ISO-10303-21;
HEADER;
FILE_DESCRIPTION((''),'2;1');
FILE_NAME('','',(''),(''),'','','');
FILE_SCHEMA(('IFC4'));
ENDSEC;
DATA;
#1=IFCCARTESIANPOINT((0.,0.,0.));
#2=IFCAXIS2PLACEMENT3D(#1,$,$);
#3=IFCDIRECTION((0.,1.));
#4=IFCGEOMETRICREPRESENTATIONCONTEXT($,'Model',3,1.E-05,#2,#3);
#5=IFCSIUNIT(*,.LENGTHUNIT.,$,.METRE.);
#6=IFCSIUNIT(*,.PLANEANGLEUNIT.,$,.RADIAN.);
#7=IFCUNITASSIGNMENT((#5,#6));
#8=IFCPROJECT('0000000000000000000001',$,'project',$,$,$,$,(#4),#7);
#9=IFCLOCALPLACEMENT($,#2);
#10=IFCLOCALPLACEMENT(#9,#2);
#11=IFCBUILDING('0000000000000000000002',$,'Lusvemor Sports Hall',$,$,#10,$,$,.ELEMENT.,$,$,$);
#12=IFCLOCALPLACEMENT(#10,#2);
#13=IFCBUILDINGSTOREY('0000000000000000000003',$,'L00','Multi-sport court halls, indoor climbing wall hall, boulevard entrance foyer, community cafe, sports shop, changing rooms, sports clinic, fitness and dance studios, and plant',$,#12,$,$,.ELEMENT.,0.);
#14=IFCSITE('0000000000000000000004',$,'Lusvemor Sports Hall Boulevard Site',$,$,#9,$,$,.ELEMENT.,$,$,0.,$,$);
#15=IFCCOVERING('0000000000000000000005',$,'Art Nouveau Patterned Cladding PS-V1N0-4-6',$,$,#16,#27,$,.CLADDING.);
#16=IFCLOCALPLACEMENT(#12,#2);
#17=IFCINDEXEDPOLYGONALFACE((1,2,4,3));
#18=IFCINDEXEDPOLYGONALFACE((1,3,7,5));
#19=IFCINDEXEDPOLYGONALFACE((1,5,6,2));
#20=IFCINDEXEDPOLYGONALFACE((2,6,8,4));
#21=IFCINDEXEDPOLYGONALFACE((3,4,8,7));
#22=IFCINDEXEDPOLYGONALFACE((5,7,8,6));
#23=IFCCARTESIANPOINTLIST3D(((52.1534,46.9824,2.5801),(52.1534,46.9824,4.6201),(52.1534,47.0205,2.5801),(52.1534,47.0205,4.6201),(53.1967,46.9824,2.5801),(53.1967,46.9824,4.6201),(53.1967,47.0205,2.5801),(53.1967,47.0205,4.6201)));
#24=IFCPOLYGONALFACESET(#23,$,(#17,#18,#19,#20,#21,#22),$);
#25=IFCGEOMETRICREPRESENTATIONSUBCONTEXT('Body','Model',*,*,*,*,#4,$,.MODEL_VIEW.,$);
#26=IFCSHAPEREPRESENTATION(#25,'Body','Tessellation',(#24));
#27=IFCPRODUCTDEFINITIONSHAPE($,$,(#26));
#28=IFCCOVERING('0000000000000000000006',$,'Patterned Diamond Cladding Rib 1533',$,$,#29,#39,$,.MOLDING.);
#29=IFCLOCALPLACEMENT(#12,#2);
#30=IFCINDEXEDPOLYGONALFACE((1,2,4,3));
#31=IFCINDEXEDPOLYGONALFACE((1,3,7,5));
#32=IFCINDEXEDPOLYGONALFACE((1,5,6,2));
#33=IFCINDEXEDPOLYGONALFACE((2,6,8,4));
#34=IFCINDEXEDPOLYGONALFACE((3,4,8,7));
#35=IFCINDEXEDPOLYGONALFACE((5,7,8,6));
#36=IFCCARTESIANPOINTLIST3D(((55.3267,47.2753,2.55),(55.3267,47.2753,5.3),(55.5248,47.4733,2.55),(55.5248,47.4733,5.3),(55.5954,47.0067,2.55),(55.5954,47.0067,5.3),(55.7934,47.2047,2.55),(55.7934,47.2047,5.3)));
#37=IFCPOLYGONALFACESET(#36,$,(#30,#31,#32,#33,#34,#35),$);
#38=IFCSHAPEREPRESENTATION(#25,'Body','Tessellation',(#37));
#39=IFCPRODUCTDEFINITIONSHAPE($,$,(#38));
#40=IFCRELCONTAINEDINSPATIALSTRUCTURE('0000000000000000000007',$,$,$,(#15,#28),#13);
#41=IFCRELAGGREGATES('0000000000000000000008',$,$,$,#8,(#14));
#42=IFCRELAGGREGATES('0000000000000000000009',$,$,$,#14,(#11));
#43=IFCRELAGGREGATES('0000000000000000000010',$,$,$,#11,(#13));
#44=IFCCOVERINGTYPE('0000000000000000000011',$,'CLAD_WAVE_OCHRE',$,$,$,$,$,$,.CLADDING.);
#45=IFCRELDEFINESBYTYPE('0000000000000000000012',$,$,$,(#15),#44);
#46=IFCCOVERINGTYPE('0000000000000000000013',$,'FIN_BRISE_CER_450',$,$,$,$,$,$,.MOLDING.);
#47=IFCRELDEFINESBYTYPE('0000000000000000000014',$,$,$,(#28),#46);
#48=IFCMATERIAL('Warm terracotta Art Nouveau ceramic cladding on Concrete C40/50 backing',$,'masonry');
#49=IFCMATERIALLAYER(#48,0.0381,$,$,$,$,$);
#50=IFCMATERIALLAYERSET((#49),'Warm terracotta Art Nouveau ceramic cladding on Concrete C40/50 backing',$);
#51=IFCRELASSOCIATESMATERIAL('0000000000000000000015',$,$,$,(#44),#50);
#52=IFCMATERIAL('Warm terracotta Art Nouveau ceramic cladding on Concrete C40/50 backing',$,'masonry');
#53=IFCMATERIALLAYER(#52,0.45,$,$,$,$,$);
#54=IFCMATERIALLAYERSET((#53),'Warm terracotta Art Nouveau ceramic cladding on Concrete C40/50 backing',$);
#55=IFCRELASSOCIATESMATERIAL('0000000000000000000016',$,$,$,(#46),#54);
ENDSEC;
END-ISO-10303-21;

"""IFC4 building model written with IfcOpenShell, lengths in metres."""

from ifc_helpers import new_model, si_unit, direction, frame, origin, origin_2d, place, context, subcontext, project, spatial, rectangle, extrude, material, layer, layer_set, type_object, element, save


model = new_model("IFC4")

# Units and contexts
model_context = context("Model", 3, precision=1e-05, world=origin(), true_north=direction((0.0, 1.0)))
body_context = subcontext(model_context, "Body", "Model", "MODEL_VIEW")
ifc_project = project(units=[si_unit("LENGTHUNIT", "METRE"), si_unit("PLANEANGLEUNIT", "RADIAN")], contexts=[model_context])

# Site, building, storey
site_placement = place(None, origin())
site = spatial("IfcSite", under=ifc_project, at=site_placement, Name="Lusvemor Sports Hall Boulevard Site", CompositionType="ELEMENT", RefElevation=0.0)
building_placement = place(site_placement, origin())
building = spatial("IfcBuilding", under=site, at=building_placement, Name="Lusvemor Sports Hall", CompositionType="ELEMENT")
storey_placement = place(building_placement, origin())
storey = spatial("IfcBuildingStorey", under=building, at=storey_placement, Name="L00", Description="Multi-sport court halls, indoor climbing wall hall, boulevard entrance foyer, community cafe, sports shop, changing rooms, sports clinic, fitness and dance studios, and plant", CompositionType="ELEMENT", Elevation=0.0)

# Coverings
ifc_material_1 = material(Name="Warm terracotta Art Nouveau ceramic cladding on Concrete C40/50 backing", Category="masonry")
ifc_layer_1 = layer(ifc_material_1, 0.0381)
ifc_layer_set_1 = layer_set([ifc_layer_1], Name="Warm terracotta Art Nouveau ceramic cladding on Concrete C40/50 backing")
covering_type_1 = type_object("IfcCoveringType", Name="CLAD_WAVE_OCHRE", PredefinedType="CLADDING", material=ifc_layer_set_1)
covering_1_placement = place(storey_placement, frame((52.675, 47.0015, 2.5801), z_axis=(0.0, 0.0, 1.0), x_axis=(1.0, 0.0, 0.0)))
element("IfcCovering", 1, at=covering_1_placement, inside=storey, type_object=covering_type_1, Name="Art Nouveau Patterned Cladding PS-V1N0-4-6", PredefinedType="CLADDING", context=body_context, shape_type="SweptSolid", body=[
    extrude(rectangle(XDim=1.0432, YDim=0.0381, at=origin_2d()), origin(), (0.0, 0.0, 1.0), 2.04),
])
ifc_material_2 = material(Name="Warm terracotta Art Nouveau ceramic cladding on Concrete C40/50 backing", Category="masonry")
ifc_layer_2 = layer(ifc_material_2, 0.45)
ifc_layer_set_2 = layer_set([ifc_layer_2], Name="Warm terracotta Art Nouveau ceramic cladding on Concrete C40/50 backing")
covering_type_2 = type_object("IfcCoveringType", Name="FIN_BRISE_CER_450", PredefinedType="MOLDING", material=ifc_layer_set_2)
covering_2_placement = place(storey_placement, frame((55.5601, 47.24, 2.55), z_axis=(0.0, 0.0, 1.0), x_axis=(0.707107, 0.707107, 0.0)))
element("IfcCovering", 2, at=covering_2_placement, inside=storey, type_object=covering_type_2, Name="Patterned Diamond Cladding Rib 1533", PredefinedType="MOLDING", context=body_context, shape_type="SweptSolid", body=[
    extrude(rectangle(XDim=0.28, YDim=0.3799, at=origin_2d()), origin(), (0.0, 0.0, 1.0), 2.75),
])

save(model, "model.ifc")
